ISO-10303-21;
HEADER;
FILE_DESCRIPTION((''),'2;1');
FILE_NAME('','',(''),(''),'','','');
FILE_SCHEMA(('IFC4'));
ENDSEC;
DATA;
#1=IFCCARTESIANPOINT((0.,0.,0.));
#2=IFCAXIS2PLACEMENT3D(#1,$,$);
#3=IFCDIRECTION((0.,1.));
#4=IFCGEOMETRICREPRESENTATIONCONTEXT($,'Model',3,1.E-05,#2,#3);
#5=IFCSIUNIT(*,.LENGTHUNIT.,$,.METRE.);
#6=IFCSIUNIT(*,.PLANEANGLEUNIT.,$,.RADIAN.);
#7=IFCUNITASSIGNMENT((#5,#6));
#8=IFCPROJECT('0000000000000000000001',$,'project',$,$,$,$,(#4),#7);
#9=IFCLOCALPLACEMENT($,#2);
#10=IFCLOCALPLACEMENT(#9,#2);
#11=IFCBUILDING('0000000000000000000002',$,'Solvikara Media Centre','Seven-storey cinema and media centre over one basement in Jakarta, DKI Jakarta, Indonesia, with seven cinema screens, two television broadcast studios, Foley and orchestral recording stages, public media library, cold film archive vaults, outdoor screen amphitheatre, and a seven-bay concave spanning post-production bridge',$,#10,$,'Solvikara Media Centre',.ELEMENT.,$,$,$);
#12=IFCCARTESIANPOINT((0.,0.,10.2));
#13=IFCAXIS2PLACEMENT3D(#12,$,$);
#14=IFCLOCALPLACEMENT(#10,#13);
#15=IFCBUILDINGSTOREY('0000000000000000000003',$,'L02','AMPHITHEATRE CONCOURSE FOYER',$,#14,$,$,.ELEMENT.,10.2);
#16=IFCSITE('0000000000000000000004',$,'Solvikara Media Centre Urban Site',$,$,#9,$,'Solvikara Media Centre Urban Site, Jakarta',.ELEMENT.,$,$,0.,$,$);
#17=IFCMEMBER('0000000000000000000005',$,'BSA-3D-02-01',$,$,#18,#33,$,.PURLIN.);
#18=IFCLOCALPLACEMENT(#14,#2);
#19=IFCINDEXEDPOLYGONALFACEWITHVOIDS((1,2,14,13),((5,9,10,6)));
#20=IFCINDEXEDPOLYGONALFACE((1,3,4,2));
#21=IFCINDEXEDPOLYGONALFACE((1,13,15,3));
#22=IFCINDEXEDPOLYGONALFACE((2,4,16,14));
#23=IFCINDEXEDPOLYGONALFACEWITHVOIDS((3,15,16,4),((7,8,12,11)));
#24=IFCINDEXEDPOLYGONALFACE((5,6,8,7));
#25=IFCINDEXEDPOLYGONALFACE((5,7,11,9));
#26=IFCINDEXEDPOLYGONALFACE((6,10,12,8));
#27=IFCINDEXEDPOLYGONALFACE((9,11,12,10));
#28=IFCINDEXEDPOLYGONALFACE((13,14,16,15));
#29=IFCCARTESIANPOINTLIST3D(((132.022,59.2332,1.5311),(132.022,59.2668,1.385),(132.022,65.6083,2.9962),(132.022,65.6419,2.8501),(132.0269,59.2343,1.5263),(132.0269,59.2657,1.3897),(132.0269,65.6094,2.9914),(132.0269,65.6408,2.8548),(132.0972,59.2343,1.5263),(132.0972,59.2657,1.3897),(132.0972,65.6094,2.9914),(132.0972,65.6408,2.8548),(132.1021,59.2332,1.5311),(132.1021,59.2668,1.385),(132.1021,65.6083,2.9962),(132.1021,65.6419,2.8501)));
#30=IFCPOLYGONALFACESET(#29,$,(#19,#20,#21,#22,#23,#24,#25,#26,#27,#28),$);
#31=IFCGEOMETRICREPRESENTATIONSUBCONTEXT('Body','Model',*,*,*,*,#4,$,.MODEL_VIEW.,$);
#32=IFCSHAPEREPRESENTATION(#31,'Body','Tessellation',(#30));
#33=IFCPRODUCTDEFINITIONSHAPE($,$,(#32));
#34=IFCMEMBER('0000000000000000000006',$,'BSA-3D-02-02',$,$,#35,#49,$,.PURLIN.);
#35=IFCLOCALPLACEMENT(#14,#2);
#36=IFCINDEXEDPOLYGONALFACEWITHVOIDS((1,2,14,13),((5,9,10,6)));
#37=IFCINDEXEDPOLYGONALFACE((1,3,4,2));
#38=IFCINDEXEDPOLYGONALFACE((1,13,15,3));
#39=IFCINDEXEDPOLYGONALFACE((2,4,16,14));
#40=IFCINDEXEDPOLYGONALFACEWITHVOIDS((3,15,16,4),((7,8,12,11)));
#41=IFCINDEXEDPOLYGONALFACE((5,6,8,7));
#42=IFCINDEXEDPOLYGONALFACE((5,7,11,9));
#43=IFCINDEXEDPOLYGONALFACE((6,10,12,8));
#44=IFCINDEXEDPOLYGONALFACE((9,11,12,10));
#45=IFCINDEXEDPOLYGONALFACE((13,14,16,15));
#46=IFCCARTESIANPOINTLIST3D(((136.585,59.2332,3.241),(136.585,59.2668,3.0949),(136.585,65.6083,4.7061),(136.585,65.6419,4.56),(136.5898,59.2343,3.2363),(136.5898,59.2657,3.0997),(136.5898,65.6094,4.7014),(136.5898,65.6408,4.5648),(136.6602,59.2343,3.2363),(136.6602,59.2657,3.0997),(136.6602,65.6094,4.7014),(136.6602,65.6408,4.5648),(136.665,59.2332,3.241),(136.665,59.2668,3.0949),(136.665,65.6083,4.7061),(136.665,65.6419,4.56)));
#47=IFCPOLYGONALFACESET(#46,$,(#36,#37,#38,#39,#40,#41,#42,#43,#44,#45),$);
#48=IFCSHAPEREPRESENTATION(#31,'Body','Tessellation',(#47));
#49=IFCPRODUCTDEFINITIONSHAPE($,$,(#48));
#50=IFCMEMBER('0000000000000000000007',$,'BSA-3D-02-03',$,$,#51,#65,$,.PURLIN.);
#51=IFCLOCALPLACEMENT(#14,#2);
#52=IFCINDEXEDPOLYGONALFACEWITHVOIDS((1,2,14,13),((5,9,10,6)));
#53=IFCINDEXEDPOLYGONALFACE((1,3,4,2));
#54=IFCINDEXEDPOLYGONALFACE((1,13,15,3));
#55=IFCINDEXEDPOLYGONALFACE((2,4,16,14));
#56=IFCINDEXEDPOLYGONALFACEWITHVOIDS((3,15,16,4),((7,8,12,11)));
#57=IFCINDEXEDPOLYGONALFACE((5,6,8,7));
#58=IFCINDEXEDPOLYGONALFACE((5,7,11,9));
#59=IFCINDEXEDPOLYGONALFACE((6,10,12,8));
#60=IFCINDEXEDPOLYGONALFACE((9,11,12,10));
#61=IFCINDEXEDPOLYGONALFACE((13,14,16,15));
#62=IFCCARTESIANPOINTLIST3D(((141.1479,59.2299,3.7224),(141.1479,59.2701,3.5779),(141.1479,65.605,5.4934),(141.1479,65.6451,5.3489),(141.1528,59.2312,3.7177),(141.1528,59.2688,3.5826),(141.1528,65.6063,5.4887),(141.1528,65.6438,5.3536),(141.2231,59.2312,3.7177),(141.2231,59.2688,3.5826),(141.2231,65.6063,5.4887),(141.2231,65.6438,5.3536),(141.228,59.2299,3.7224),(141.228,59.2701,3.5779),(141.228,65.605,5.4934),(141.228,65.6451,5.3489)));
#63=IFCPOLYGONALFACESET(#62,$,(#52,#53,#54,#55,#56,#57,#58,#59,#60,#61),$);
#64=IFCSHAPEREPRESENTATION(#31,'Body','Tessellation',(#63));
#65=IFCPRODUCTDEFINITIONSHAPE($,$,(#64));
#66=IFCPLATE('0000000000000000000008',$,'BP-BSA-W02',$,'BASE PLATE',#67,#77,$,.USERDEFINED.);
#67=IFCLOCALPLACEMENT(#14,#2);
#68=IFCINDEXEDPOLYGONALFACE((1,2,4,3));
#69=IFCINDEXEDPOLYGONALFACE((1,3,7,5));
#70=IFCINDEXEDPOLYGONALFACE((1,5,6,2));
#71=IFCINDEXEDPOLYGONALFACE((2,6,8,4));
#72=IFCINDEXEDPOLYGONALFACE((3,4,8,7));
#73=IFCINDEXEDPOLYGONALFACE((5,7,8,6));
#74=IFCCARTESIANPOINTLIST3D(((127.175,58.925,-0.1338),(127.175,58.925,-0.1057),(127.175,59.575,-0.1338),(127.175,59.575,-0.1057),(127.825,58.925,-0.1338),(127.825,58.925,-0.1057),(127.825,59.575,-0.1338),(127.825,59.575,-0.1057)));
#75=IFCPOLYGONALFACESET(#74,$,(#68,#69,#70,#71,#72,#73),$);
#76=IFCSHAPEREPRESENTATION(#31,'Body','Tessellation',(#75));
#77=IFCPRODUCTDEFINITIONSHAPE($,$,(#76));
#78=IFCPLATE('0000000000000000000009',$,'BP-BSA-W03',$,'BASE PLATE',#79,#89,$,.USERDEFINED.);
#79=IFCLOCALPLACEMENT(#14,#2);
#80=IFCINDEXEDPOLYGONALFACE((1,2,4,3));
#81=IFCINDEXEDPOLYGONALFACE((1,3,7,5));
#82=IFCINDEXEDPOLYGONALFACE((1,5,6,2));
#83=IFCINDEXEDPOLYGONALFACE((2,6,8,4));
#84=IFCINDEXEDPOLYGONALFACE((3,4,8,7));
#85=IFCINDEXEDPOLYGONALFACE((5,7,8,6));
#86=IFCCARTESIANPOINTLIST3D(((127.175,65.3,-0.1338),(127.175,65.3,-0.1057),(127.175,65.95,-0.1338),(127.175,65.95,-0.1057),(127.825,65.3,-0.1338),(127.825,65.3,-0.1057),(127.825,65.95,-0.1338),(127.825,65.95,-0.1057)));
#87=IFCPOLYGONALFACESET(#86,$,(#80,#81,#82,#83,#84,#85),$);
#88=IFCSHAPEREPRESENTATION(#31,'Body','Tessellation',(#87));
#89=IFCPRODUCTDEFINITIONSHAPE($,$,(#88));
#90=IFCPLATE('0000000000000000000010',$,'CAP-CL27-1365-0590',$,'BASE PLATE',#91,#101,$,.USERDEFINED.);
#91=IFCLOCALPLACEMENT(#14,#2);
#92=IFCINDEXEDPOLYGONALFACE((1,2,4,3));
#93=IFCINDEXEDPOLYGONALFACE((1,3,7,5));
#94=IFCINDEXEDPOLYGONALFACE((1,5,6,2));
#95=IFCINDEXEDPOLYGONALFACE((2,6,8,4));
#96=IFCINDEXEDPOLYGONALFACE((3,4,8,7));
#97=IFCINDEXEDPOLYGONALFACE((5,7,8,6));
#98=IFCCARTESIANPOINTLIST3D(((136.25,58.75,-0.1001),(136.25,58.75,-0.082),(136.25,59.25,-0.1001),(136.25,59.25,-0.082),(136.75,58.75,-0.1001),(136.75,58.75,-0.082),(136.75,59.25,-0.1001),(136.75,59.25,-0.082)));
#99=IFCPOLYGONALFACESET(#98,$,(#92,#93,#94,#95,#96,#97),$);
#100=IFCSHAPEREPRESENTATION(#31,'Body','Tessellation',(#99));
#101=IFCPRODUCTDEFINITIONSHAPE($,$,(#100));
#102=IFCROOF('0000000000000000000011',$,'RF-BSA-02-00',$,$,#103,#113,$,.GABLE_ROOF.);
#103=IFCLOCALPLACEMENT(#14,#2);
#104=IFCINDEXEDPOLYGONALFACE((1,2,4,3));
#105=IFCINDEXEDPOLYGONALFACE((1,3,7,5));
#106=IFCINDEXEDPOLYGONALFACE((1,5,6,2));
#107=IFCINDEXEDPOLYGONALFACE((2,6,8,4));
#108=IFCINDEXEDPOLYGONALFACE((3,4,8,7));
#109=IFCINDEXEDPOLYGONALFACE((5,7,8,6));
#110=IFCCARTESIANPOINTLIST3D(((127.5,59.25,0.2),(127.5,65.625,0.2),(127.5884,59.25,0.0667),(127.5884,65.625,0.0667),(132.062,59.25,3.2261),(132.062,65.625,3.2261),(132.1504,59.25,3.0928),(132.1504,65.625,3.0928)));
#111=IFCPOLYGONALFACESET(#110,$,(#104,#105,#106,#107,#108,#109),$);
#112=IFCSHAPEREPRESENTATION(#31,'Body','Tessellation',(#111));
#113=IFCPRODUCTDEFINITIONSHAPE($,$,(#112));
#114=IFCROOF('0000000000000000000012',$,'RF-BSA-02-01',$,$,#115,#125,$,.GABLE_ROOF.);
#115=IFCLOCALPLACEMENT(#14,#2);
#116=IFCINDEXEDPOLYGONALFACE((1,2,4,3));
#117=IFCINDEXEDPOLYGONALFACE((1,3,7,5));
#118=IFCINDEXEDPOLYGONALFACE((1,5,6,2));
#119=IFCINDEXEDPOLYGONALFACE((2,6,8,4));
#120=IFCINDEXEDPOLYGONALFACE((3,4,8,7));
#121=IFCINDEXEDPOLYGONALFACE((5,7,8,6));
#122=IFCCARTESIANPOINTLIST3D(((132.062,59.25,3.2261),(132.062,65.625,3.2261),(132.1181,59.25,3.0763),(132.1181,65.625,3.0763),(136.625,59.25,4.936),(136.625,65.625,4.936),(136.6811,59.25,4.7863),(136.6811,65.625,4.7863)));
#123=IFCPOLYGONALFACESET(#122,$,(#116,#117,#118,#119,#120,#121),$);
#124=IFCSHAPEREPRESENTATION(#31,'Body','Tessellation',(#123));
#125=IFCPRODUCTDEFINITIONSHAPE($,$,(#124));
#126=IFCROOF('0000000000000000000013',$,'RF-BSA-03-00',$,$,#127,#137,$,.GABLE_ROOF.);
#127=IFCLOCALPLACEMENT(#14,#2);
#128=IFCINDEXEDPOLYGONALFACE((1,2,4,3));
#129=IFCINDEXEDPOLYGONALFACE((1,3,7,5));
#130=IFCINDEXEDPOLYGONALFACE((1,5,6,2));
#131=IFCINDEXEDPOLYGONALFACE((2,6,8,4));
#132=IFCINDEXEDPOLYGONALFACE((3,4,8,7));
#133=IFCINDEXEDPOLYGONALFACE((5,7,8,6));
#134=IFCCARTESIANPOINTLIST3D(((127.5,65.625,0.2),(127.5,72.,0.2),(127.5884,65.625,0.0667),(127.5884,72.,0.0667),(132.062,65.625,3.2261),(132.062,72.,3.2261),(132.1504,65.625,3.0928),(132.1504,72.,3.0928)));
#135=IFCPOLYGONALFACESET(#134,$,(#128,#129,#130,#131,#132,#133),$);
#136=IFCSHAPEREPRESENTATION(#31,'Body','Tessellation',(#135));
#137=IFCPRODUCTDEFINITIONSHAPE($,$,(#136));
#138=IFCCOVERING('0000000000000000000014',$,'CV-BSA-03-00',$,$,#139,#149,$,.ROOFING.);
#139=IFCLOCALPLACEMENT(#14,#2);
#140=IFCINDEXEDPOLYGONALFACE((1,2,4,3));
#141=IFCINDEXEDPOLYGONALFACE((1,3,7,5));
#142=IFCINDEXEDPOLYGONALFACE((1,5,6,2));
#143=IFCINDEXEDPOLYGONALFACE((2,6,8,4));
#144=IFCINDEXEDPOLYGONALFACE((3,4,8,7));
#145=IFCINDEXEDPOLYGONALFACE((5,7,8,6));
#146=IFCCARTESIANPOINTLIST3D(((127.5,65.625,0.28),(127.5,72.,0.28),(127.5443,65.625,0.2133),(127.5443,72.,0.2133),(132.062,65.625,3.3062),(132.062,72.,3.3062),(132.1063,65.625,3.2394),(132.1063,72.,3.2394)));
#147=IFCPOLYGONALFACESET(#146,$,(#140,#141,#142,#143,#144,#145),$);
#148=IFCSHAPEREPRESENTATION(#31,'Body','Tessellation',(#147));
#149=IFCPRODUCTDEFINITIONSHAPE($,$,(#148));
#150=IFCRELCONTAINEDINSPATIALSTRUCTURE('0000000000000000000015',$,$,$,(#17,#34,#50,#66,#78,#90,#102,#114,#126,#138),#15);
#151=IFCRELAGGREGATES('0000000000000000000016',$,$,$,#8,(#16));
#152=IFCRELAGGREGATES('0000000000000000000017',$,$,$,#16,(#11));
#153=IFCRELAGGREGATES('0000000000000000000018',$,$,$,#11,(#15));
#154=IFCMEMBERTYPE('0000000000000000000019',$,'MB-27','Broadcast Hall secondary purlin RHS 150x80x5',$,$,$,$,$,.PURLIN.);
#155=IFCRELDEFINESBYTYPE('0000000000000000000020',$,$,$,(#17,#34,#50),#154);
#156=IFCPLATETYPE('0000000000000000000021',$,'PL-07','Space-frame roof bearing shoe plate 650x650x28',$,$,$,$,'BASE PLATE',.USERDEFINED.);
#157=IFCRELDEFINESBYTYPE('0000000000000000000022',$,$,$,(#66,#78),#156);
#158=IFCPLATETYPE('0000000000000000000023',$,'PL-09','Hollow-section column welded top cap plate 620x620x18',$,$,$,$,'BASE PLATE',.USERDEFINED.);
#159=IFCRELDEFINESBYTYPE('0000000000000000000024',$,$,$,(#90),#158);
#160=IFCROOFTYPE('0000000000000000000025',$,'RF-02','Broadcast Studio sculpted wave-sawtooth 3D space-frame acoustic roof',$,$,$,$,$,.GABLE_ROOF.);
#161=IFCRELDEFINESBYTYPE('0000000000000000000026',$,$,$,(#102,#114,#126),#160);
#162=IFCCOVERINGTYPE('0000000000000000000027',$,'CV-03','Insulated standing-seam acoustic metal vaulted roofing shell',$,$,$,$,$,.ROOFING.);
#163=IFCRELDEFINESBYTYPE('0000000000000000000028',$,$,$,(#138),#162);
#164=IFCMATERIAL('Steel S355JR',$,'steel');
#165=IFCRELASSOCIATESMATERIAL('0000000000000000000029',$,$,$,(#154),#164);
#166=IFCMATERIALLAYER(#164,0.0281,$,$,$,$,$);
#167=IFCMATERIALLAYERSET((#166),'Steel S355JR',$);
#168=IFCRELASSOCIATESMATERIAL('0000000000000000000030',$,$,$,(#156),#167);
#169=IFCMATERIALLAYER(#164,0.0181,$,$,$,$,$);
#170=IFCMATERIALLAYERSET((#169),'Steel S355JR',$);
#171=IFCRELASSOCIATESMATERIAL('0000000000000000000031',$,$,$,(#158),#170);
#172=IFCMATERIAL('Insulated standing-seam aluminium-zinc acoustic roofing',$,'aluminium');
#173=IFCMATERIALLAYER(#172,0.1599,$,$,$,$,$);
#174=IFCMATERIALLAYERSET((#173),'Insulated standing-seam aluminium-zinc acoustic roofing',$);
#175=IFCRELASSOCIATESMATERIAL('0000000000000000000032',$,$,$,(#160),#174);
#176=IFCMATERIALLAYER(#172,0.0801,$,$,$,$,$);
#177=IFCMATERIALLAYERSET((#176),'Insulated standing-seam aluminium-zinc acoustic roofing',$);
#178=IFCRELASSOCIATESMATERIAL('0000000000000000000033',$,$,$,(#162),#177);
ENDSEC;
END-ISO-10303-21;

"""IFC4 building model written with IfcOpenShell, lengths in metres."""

from ifc_helpers import new_model, si_unit, direction, frame, origin, origin_2d, place, context, subcontext, project, spatial, polyline, rectangle, hollow_rectangle, outline, extrude, material, layer, layer_set, material_profile, profile_set, type_object, element, save


model = new_model("IFC4")

# Units and contexts
model_context = context("Model", 3, precision=1e-05, world=origin(), true_north=direction((0.0, 1.0)))
body_context = subcontext(model_context, "Body", "Model", "MODEL_VIEW")
ifc_project = project(units=[si_unit("LENGTHUNIT", "METRE"), si_unit("PLANEANGLEUNIT", "RADIAN")], contexts=[model_context])

# Site, building, storey
site_placement = place(None, origin())
site = spatial("IfcSite", under=ifc_project, at=site_placement, Name="Solvikara Media Centre Urban Site", LongName="Solvikara Media Centre Urban Site, Jakarta", CompositionType="ELEMENT", RefElevation=0.0)
building_placement = place(site_placement, origin())
building = spatial("IfcBuilding", under=site, at=building_placement, Name="Solvikara Media Centre", Description="Seven-storey cinema and media centre over one basement in Jakarta, DKI Jakarta, Indonesia, with seven cinema screens, two television broadcast studios, Foley and orchestral recording stages, public media library, cold film archive vaults, outdoor screen amphitheatre, and a seven-bay concave spanning post-production bridge", LongName="Solvikara Media Centre", CompositionType="ELEMENT")
storey_placement = place(building_placement, frame((0.0, 0.0, 10.2)))
storey = spatial("IfcBuildingStorey", under=building, at=storey_placement, Name="L02", Description="AMPHITHEATRE CONCOURSE FOYER", CompositionType="ELEMENT", Elevation=10.2)

# Members
ifc_material_1 = material(Name="Steel S355JR", Category="steel")
ifc_material_profile_1 = material_profile(ifc_material_1, hollow_rectangle(XDim=0.0801, YDim=0.1499, WallThickness=0.0049, at=origin_2d()), Name="RHS 150x80x5")
ifc_profile_set_1 = profile_set([ifc_material_profile_1], Name="Steel S355JR")
member_type_1 = type_object("IfcMemberType", Name="MB-27", Description="Broadcast Hall secondary purlin RHS 150x80x5", PredefinedType="PURLIN", material=ifc_profile_set_1)
for number, where, z_axis, x_axis, name in (
    (1, (132.062, 59.25, 1.458), (0.0, 0.974594, 0.223979), (-1.0, 0.0, 0.0), "BSA-3D-02-01"),
    (2, (136.625, 59.25, 3.168), (0.0, 0.974594, 0.223979), (-1.0, 0.0, 0.0), "BSA-3D-02-02"),
):
    element("IfcMember", number, at=place(storey_placement, frame(where, z_axis=z_axis, x_axis=x_axis)), inside=storey, type_object=member_type_1, Name=name, PredefinedType="PURLIN", context=body_context, shape_type="SweptSolid", body=[
        extrude(hollow_rectangle(XDim=0.0801, YDim=0.1499, WallThickness=0.0049, at=origin_2d()), origin(), (0.0, 0.0, 1.0), 6.5413),
    ])
member_1_placement = place(storey_placement, frame((141.188, 59.25, 3.6501), z_axis=(0.0, 0.963512, 0.267667), x_axis=(-1.0, 0.0, 0.0)))
element("IfcMember", 3, at=member_1_placement, inside=storey, type_object=member_type_1, Name="BSA-3D-02-03", PredefinedType="PURLIN", context=body_context, shape_type="SweptSolid", body=[
    extrude(hollow_rectangle(XDim=0.0801, YDim=0.1499, WallThickness=0.0049, at=origin_2d()), origin(), (0.0, 0.0, 1.0), 6.6165),
])

# Plates
ifc_layer_1 = layer(ifc_material_1, 0.0281)
ifc_layer_set_1 = layer_set([ifc_layer_1], Name="Steel S355JR")
plate_type_1 = type_object("IfcPlateType", Name="PL-07", Description="Space-frame roof bearing shoe plate 650x650x28", ElementType="BASE PLATE", PredefinedType="USERDEFINED", material=ifc_layer_set_1)
for number, where, z_axis, x_axis, name in (
    (4, (127.5, 59.25, -0.1338), (0.0, 0.0, 1.0), (1.0, 0.0, 0.0), "BP-BSA-W02"),
    (5, (127.5, 65.625, -0.1338), (0.0, 0.0, 1.0), (1.0, 0.0, 0.0), "BP-BSA-W03"),
):
    element("IfcPlate", number, at=place(storey_placement, frame(where, z_axis=z_axis, x_axis=x_axis)), inside=storey, type_object=plate_type_1, Name=name, ObjectType="BASE PLATE", PredefinedType="USERDEFINED", context=body_context, shape_type="SweptSolid", body=[
        extrude(rectangle(XDim=0.6499, YDim=0.6499, at=origin_2d()), origin(), (0.0, 0.0, 1.0), 0.0281),
    ])
ifc_layer_2 = layer(ifc_material_1, 0.0181)
ifc_layer_set_2 = layer_set([ifc_layer_2], Name="Steel S355JR")
plate_type_2 = type_object("IfcPlateType", Name="PL-09", Description="Hollow-section column welded top cap plate 620x620x18", ElementType="BASE PLATE", PredefinedType="USERDEFINED", material=ifc_layer_set_2)
plate_placement = place(storey_placement, frame((136.5, 59.0, -0.1001), z_axis=(0.0, 0.0, 1.0), x_axis=(1.0, 0.0, 0.0)))
element("IfcPlate", 6, at=plate_placement, inside=storey, type_object=plate_type_2, Name="CAP-CL27-1365-0590", ObjectType="BASE PLATE", PredefinedType="USERDEFINED", context=body_context, shape_type="SweptSolid", body=[
    extrude(rectangle(XDim=0.5, YDim=0.5, at=origin_2d()), origin(), (0.0, 0.0, 1.0), 0.0181),
])

# Roofs
ifc_material_2 = material(Name="Insulated standing-seam aluminium-zinc acoustic roofing", Category="aluminium")
ifc_layer_3 = layer(ifc_material_2, 0.1599)
ifc_layer_set_3 = layer_set([ifc_layer_3], Name="Insulated standing-seam aluminium-zinc acoustic roofing")
roof_type = type_object("IfcRoofType", Name="RF-02", Description="Broadcast Studio sculpted wave-sawtooth 3D space-frame acoustic roof", PredefinedType="GABLE_ROOF", material=ifc_layer_set_3)
roof_1_placement = place(storey_placement, frame((127.5, 59.25, 0.2), z_axis=(-0.552774, 0.0, 0.833331), x_axis=(0.833331, 0.0, 0.552774)))
element("IfcRoof", 7, at=roof_1_placement, inside=storey, type_object=roof_type, Name="RF-BSA-02-00", PredefinedType="GABLE_ROOF", context=body_context, shape_type="SweptSolid", body=[
    extrude(outline(polyline([(0.0, 0.0), (5.4744, 0.0), (5.4744, 6.375), (0.0, 6.375), (0.0, 0.0)])), origin(), (0.0, 0.0, -1.0), 0.1599),
])
roof_2_placement = place(storey_placement, frame((132.062, 59.25, 3.2261), z_axis=(-0.350915, 0.0, 0.936407), x_axis=(0.936407, 0.0, 0.350915)))
element("IfcRoof", 8, at=roof_2_placement, inside=storey, type_object=roof_type, Name="RF-BSA-02-01", PredefinedType="GABLE_ROOF", context=body_context, shape_type="SweptSolid", body=[
    extrude(outline(polyline([(0.0, 0.0), (4.8729, 0.0), (4.8729, 6.375), (0.0, 6.375), (0.0, 0.0)])), origin(), (0.0, 0.0, -1.0), 0.1599),
])
roof_3_placement = place(storey_placement, frame((127.5, 65.625, 0.2), z_axis=(-0.552774, 0.0, 0.833331), x_axis=(0.833331, 0.0, 0.552774)))
element("IfcRoof", 9, at=roof_3_placement, inside=storey, type_object=roof_type, Name="RF-BSA-03-00", PredefinedType="GABLE_ROOF", context=body_context, shape_type="SweptSolid", body=[
    extrude(outline(polyline([(0.0, 0.0), (5.4744, 0.0), (5.4744, 6.375), (0.0, 6.375), (0.0, 0.0)])), origin(), (0.0, 0.0, -1.0), 0.1599),
])

# Covering
ifc_layer_4 = layer(ifc_material_2, 0.0801)
ifc_layer_set_4 = layer_set([ifc_layer_4], Name="Insulated standing-seam aluminium-zinc acoustic roofing")
covering_type = type_object("IfcCoveringType", Name="CV-03", Description="Insulated standing-seam acoustic metal vaulted roofing shell", PredefinedType="ROOFING", material=ifc_layer_set_4)
covering_placement = place(storey_placement, frame((127.5, 65.625, 0.28), z_axis=(-0.552774, 0.0, 0.833331), x_axis=(0.833331, 0.0, 0.552774)))
element("IfcCovering", 10, at=covering_placement, inside=storey, type_object=covering_type, Name="CV-BSA-03-00", PredefinedType="ROOFING", context=body_context, shape_type="SweptSolid", body=[
    extrude(outline(polyline([(0.0, 0.0), (5.4744, 0.0), (5.4744, 6.375), (0.0, 6.375), (0.0, 0.0)])), origin(), (0.0, 0.0, -1.0), 0.0801),
])

save(model, "model.ifc")
